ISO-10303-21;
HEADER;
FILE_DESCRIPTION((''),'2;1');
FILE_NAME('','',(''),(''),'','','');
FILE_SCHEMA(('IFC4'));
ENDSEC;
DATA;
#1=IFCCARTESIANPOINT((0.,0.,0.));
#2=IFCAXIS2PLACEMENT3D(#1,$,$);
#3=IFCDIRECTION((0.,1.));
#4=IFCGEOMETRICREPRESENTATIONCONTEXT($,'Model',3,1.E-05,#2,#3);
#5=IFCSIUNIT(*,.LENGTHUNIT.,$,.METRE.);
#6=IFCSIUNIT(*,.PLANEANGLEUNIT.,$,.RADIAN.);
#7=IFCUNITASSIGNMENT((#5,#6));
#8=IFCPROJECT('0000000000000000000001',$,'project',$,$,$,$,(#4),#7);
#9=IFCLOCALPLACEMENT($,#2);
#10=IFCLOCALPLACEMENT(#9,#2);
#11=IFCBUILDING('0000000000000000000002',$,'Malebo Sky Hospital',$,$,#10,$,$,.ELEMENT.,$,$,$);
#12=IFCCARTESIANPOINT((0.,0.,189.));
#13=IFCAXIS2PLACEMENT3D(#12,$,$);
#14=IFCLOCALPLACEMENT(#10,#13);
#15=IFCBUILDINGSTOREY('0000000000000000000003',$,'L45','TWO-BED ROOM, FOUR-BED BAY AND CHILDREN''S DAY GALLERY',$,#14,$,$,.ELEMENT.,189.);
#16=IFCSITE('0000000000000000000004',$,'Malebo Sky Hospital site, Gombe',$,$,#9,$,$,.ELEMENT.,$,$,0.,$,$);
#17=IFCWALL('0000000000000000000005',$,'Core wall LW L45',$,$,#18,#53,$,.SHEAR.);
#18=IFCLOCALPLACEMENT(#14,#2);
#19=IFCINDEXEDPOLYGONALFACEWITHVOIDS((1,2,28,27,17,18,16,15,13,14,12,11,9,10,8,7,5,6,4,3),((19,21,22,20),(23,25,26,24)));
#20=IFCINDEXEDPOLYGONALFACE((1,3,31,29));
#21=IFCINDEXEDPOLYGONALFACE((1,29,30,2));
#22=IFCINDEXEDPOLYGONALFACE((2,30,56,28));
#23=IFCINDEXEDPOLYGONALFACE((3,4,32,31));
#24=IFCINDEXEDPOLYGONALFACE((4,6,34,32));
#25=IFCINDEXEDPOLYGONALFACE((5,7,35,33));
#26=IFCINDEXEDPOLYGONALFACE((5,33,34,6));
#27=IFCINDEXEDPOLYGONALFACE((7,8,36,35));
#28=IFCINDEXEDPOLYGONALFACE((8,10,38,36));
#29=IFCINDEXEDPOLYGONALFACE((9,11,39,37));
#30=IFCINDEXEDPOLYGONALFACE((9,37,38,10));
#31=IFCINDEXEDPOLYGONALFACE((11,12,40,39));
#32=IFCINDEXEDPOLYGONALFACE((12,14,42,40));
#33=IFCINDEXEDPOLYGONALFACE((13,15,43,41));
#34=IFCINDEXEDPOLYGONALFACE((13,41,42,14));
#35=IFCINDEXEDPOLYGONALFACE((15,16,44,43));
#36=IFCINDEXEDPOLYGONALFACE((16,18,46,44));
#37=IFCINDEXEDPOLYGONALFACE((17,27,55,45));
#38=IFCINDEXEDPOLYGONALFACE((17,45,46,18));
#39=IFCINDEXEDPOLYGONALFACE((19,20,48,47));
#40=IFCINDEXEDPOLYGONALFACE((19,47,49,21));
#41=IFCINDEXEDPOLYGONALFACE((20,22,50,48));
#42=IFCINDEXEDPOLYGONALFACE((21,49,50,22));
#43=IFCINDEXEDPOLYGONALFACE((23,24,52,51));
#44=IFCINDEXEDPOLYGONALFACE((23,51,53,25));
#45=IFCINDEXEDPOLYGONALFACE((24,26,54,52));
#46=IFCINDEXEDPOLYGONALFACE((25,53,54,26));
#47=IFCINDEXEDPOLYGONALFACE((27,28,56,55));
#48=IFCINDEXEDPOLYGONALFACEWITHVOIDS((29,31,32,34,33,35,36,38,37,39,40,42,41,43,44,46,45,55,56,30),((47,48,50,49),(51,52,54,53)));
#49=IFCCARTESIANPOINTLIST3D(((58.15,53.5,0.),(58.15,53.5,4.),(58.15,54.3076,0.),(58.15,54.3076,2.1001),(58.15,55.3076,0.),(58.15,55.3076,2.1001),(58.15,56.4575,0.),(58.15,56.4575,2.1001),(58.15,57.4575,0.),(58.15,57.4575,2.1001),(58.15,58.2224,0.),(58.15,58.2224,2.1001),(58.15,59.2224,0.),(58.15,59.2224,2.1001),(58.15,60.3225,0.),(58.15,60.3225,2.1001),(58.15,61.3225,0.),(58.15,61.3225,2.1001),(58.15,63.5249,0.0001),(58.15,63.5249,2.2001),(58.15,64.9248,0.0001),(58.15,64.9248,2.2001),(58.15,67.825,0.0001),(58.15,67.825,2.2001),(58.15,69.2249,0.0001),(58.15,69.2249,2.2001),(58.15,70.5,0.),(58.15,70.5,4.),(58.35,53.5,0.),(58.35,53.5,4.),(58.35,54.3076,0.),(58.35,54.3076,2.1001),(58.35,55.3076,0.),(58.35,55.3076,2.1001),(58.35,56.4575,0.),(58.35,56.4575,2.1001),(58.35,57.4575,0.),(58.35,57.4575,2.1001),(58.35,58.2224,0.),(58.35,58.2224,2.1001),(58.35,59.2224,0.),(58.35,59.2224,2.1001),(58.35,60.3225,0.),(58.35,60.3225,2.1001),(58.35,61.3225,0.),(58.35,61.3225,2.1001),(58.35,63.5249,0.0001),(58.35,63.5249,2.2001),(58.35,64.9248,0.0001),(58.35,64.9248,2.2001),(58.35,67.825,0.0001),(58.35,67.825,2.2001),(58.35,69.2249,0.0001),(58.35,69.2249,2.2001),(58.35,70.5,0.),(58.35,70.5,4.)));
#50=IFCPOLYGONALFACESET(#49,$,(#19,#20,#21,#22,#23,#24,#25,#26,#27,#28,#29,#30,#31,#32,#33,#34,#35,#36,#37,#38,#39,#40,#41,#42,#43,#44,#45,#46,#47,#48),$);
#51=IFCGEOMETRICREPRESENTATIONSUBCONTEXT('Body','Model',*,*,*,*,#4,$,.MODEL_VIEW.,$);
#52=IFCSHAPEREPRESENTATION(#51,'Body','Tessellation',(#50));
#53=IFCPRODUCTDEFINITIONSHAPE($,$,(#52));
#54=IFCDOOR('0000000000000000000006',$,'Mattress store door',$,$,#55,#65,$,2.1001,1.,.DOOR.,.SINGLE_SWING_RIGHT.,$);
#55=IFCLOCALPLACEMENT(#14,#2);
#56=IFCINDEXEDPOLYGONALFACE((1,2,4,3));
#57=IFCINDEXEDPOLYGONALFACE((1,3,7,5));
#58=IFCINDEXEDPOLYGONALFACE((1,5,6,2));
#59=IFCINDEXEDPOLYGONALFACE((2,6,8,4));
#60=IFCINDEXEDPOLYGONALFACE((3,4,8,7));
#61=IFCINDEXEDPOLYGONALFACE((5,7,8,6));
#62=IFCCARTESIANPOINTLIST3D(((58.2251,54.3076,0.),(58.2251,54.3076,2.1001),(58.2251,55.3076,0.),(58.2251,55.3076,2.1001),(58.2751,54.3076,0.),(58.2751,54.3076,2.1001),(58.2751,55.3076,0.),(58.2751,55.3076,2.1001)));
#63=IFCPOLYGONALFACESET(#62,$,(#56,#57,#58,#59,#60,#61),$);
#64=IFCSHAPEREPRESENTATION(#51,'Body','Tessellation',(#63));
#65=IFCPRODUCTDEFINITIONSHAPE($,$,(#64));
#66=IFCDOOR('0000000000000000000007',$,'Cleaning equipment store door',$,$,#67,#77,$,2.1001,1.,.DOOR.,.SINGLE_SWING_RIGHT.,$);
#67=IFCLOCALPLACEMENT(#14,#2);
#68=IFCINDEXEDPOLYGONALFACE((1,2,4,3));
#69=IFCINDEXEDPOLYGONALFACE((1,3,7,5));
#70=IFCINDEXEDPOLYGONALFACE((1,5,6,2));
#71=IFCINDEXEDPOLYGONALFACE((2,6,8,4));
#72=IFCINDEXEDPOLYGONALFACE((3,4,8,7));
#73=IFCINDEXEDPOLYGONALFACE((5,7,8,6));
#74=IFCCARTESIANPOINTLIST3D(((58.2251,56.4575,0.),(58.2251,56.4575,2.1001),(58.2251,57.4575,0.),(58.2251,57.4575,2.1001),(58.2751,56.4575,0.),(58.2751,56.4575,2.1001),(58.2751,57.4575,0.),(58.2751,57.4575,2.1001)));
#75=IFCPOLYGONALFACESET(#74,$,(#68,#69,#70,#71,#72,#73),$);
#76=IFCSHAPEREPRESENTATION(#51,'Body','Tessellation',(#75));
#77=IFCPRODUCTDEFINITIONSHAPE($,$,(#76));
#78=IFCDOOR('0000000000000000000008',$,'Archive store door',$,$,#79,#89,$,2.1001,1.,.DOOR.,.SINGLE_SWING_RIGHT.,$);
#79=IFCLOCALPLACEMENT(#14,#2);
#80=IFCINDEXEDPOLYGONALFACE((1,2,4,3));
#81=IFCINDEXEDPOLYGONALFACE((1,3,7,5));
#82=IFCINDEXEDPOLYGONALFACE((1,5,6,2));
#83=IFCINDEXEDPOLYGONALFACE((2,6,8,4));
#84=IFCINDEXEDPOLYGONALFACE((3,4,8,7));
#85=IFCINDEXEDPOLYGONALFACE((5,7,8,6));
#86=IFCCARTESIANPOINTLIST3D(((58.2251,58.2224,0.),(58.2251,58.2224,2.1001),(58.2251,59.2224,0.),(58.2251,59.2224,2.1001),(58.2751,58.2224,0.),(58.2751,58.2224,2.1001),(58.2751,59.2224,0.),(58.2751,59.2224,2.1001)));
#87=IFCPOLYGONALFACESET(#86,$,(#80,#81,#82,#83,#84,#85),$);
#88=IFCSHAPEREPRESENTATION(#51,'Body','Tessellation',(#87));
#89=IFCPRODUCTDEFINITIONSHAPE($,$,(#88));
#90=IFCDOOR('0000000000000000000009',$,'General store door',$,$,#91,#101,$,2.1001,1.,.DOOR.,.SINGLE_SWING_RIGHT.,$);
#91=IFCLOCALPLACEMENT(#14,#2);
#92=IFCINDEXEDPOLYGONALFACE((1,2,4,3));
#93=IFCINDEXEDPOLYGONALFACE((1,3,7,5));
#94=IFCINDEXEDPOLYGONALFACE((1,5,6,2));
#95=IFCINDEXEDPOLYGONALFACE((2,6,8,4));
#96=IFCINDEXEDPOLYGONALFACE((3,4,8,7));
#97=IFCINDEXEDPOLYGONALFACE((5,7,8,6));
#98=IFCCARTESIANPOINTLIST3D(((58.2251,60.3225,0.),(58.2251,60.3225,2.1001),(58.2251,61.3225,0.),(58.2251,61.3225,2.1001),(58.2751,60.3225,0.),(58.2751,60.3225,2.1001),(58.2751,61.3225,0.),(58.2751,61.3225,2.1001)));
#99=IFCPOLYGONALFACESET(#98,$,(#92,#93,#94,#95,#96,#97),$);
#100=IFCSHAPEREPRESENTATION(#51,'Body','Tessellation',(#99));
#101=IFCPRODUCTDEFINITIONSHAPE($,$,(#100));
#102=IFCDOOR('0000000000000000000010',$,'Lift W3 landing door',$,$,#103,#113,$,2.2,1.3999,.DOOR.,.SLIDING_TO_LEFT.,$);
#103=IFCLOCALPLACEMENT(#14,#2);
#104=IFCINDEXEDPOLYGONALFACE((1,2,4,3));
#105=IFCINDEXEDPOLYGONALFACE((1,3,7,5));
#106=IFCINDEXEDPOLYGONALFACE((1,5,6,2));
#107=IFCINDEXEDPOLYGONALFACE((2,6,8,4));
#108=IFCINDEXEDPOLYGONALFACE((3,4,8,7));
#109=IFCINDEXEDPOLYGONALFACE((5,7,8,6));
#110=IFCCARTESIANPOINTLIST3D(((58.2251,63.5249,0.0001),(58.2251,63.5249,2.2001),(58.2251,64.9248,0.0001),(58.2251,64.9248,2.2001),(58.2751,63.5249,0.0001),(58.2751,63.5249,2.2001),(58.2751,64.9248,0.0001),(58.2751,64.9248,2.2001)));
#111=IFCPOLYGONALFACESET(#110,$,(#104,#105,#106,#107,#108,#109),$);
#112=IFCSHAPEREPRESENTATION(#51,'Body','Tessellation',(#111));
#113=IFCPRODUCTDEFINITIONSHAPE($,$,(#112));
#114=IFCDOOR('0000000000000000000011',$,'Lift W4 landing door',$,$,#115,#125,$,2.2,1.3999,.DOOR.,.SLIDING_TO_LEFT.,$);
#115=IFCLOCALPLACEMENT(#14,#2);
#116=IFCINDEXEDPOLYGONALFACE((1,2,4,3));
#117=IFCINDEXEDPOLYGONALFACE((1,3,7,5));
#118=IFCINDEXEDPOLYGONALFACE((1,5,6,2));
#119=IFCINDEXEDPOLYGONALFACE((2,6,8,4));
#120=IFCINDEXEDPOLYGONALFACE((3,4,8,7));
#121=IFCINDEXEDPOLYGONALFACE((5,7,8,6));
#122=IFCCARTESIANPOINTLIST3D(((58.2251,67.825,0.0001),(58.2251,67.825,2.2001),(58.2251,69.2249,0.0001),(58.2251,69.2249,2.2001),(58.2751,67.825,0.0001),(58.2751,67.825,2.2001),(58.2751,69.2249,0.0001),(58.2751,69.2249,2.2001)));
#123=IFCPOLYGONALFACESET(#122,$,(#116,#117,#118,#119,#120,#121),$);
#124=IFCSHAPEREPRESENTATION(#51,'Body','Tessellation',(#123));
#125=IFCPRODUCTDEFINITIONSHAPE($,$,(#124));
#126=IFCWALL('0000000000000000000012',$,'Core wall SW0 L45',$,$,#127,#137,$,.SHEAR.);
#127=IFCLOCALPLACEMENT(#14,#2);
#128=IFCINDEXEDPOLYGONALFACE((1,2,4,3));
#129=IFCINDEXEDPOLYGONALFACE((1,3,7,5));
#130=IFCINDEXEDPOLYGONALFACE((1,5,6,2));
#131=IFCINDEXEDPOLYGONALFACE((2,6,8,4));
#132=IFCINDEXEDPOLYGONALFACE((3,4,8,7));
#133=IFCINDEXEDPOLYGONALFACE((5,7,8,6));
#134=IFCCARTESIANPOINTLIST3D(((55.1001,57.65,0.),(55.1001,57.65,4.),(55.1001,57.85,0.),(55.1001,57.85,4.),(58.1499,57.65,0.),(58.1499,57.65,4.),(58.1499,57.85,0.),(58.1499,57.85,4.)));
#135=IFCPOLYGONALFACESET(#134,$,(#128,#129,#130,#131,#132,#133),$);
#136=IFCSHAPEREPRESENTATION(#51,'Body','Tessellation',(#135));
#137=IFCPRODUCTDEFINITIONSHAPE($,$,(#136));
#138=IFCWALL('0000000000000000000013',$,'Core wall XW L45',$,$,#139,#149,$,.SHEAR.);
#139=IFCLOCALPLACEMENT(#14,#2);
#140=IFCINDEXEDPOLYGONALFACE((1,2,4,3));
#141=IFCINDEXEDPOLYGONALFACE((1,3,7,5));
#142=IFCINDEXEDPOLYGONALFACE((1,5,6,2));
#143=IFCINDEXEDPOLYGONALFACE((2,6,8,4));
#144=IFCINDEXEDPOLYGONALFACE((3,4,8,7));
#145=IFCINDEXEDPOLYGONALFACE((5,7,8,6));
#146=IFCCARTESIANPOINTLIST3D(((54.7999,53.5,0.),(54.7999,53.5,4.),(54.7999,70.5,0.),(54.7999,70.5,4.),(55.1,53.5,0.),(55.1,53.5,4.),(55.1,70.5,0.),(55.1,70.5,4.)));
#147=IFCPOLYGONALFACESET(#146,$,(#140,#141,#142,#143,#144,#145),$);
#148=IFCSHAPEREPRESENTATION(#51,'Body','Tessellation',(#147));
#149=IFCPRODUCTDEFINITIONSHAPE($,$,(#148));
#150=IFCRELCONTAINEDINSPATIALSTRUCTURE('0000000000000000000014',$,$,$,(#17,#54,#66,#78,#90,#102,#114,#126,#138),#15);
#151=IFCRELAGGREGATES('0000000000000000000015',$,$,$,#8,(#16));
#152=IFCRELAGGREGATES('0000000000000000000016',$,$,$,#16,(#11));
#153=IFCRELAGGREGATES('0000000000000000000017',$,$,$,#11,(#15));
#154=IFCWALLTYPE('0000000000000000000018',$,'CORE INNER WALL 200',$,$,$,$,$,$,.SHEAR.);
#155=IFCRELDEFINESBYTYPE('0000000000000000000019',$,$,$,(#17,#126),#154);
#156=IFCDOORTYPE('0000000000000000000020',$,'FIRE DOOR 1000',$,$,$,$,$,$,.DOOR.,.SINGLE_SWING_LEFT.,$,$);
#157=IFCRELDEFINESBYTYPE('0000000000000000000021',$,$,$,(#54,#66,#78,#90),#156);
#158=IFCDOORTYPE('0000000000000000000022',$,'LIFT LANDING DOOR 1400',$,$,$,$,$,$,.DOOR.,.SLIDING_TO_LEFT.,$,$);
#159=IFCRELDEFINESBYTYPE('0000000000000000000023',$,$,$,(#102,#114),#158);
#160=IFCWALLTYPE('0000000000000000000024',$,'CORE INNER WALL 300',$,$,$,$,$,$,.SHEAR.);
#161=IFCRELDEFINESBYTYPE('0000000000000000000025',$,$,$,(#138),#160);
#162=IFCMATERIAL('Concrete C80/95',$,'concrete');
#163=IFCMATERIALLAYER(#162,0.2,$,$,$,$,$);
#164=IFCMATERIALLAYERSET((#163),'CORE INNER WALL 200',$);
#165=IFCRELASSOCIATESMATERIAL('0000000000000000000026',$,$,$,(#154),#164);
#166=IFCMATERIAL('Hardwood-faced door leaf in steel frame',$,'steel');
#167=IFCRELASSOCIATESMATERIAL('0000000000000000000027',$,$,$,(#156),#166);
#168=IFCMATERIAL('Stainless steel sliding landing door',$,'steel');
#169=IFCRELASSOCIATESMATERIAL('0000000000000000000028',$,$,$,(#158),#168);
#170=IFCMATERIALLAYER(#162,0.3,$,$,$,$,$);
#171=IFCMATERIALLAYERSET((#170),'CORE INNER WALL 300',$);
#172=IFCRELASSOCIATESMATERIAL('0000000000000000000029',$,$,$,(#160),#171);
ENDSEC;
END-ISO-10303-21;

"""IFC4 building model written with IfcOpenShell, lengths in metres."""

from ifc_helpers import new_model, si_unit, direction, frame, frame_2d, origin, place, context, subcontext, project, spatial, rectangle, extrude, material, layer, layer_set, type_object, element, fill, save


model = new_model("IFC4")

# Units and contexts
model_context = context("Model", 3, precision=1e-05, world=origin(), true_north=direction((0.0, 1.0)))
body_context = subcontext(model_context, "Body", "Model", "MODEL_VIEW")
ifc_project = project(units=[si_unit("LENGTHUNIT", "METRE"), si_unit("PLANEANGLEUNIT", "RADIAN")], contexts=[model_context])

# Site, building, storey
site_placement = place(None, origin())
site = spatial("IfcSite", under=ifc_project, at=site_placement, Name="Malebo Sky Hospital site, Gombe", CompositionType="ELEMENT", RefElevation=0.0)
building_placement = place(site_placement, origin())
building = spatial("IfcBuilding", under=site, at=building_placement, Name="Malebo Sky Hospital", CompositionType="ELEMENT")
storey_placement = place(building_placement, frame((0.0, 0.0, 189.0)))
storey = spatial("IfcBuildingStorey", under=building, at=storey_placement, Name="L45", Description="TWO-BED ROOM, FOUR-BED BAY AND CHILDREN'S DAY GALLERY", CompositionType="ELEMENT", Elevation=189.0)

# Wall, openings, doors
ifc_material_1 = material(Name="Concrete C80/95", Category="concrete")
ifc_layer_1 = layer(ifc_material_1, 0.2)
ifc_layer_set_1 = layer_set([ifc_layer_1], Name="CORE INNER WALL 200")
wall_type_1 = type_object("IfcWallType", Name="CORE INNER WALL 200", PredefinedType="SHEAR", material=ifc_layer_set_1)
wall_1_placement = place(storey_placement, frame((58.25, 53.5, 0.0), z_axis=(0.0, 0.0, 1.0), x_axis=(0.0, 1.0, 0.0)))
wall_1 = element("IfcWall", 1, at=wall_1_placement, inside=storey, type_object=wall_type_1, Name="Core wall LW L45", PredefinedType="SHEAR", context=body_context, shape_type="SweptSolid", body=[
    extrude(rectangle(XDim=17.0, YDim=0.2, at=frame_2d((8.5, 0.0))), origin(), (0.0, 0.0, 1.0), 4.0),
])
opening_1_placement = place(wall_1_placement, frame((0.8076, 0.0, 0.0)))
opening_1 = element("IfcOpeningElement", 2, at=opening_1_placement, cuts=wall_1, PredefinedType="OPENING", context=body_context, shape_type="SweptSolid", body=[
    extrude(rectangle(XDim=1.0, YDim=2.1001, at=frame_2d((0.5, 1.05))), frame((0.0, 0.1099, 0.0), z_axis=(0.0, -1.0, 0.0), x_axis=(1.0, 0.0, 0.0)), (0.0, 0.0, 1.0), 0.22),
])
opening_2_placement = place(wall_1_placement, frame((2.9575, 0.0, 0.0)))
opening_2 = element("IfcOpeningElement", 3, at=opening_2_placement, cuts=wall_1, PredefinedType="OPENING", context=body_context, shape_type="SweptSolid", body=[
    extrude(rectangle(XDim=1.0, YDim=2.1001, at=frame_2d((0.5, 1.05))), frame((0.0, 0.1099, 0.0), z_axis=(0.0, -1.0, 0.0), x_axis=(1.0, 0.0, 0.0)), (0.0, 0.0, 1.0), 0.22),
])
opening_3_placement = place(wall_1_placement, frame((4.7224, 0.0, 0.0)))
opening_3 = element("IfcOpeningElement", 4, at=opening_3_placement, cuts=wall_1, PredefinedType="OPENING", context=body_context, shape_type="SweptSolid", body=[
    extrude(rectangle(XDim=1.0, YDim=2.1001, at=frame_2d((0.5, 1.05))), frame((0.0, 0.1099, 0.0), z_axis=(0.0, -1.0, 0.0), x_axis=(1.0, 0.0, 0.0)), (0.0, 0.0, 1.0), 0.22),
])
opening_4_placement = place(wall_1_placement, frame((6.8225, 0.0, 0.0)))
opening_4 = element("IfcOpeningElement", 5, at=opening_4_placement, cuts=wall_1, PredefinedType="OPENING", context=body_context, shape_type="SweptSolid", body=[
    extrude(rectangle(XDim=1.0, YDim=2.1001, at=frame_2d((0.5, 1.05))), frame((0.0, 0.1099, 0.0), z_axis=(0.0, -1.0, 0.0), x_axis=(1.0, 0.0, 0.0)), (0.0, 0.0, 1.0), 0.22),
])
opening_5_placement = place(wall_1_placement, frame((10.0249, 0.0, 0.0)))
opening_5 = element("IfcOpeningElement", 6, at=opening_5_placement, cuts=wall_1, PredefinedType="OPENING", context=body_context, shape_type="SweptSolid", body=[
    extrude(rectangle(XDim=1.3999, YDim=2.2, at=frame_2d((0.7, 1.1001))), frame((0.0, 0.1099, 0.0), z_axis=(0.0, -1.0, 0.0), x_axis=(1.0, 0.0, 0.0)), (0.0, 0.0, 1.0), 0.22),
])
opening_6_placement = place(wall_1_placement, frame((14.325, 0.0, 0.0)))
opening_6 = element("IfcOpeningElement", 7, at=opening_6_placement, cuts=wall_1, PredefinedType="OPENING", context=body_context, shape_type="SweptSolid", body=[
    extrude(rectangle(XDim=1.3999, YDim=2.2, at=frame_2d((0.7, 1.1001))), frame((0.0, 0.1099, 0.0), z_axis=(0.0, -1.0, 0.0), x_axis=(1.0, 0.0, 0.0)), (0.0, 0.0, 1.0), 0.22),
])
ifc_material_2 = material(Name="Hardwood-faced door leaf in steel frame", Category="steel")
door_type_1 = type_object("IfcDoorType", Name="FIRE DOOR 1000", OperationType="SINGLE_SWING_LEFT", PredefinedType="DOOR", material=ifc_material_2)
door_1_placement = place(opening_1_placement, origin())
door_1 = element("IfcDoor", 8, at=door_1_placement, inside=storey, type_object=door_type_1, Name="Mattress store door", OperationType="SINGLE_SWING_RIGHT", OverallHeight=2.1001, OverallWidth=1.0, PredefinedType="DOOR", context=body_context, shape_type="SweptSolid", body=[
    extrude(rectangle(XDim=1.0, YDim=2.1001, at=frame_2d((0.5, 1.05))), frame((0.0, 0.0249, 0.0), z_axis=(0.0, -1.0, 0.0), x_axis=(1.0, 0.0, 0.0)), (0.0, 0.0, 1.0), 0.05),
])
fill(opening_1, door_1)
door_2_placement = place(opening_2_placement, origin())
door_2 = element("IfcDoor", 9, at=door_2_placement, inside=storey, type_object=door_type_1, Name="Cleaning equipment store door", OperationType="SINGLE_SWING_RIGHT", OverallHeight=2.1001, OverallWidth=1.0, PredefinedType="DOOR", context=body_context, shape_type="SweptSolid", body=[
    extrude(rectangle(XDim=1.0, YDim=2.1001, at=frame_2d((0.5, 1.05))), frame((0.0, 0.0249, 0.0), z_axis=(0.0, -1.0, 0.0), x_axis=(1.0, 0.0, 0.0)), (0.0, 0.0, 1.0), 0.05),
])
fill(opening_2, door_2)
door_3_placement = place(opening_3_placement, origin())
door_3 = element("IfcDoor", 10, at=door_3_placement, inside=storey, type_object=door_type_1, Name="Archive store door", OperationType="SINGLE_SWING_RIGHT", OverallHeight=2.1001, OverallWidth=1.0, PredefinedType="DOOR", context=body_context, shape_type="SweptSolid", body=[
    extrude(rectangle(XDim=1.0, YDim=2.1001, at=frame_2d((0.5, 1.05))), frame((0.0, 0.0249, 0.0), z_axis=(0.0, -1.0, 0.0), x_axis=(1.0, 0.0, 0.0)), (0.0, 0.0, 1.0), 0.05),
])
fill(opening_3, door_3)
door_4_placement = place(opening_4_placement, origin())
door_4 = element("IfcDoor", 11, at=door_4_placement, inside=storey, type_object=door_type_1, Name="General store door", OperationType="SINGLE_SWING_RIGHT", OverallHeight=2.1001, OverallWidth=1.0, PredefinedType="DOOR", context=body_context, shape_type="SweptSolid", body=[
    extrude(rectangle(XDim=1.0, YDim=2.1001, at=frame_2d((0.5, 1.05))), frame((0.0, 0.0249, 0.0), z_axis=(0.0, -1.0, 0.0), x_axis=(1.0, 0.0, 0.0)), (0.0, 0.0, 1.0), 0.05),
])
fill(opening_4, door_4)
ifc_material_3 = material(Name="Stainless steel sliding landing door", Category="steel")
door_type_2 = type_object("IfcDoorType", Name="LIFT LANDING DOOR 1400", OperationType="SLIDING_TO_LEFT", PredefinedType="DOOR", material=ifc_material_3)
door_5_placement = place(opening_5_placement, origin())
door_5 = element("IfcDoor", 12, at=door_5_placement, inside=storey, type_object=door_type_2, Name="Lift W3 landing door", OperationType="SLIDING_TO_LEFT", OverallHeight=2.2, OverallWidth=1.3999, PredefinedType="DOOR", context=body_context, shape_type="SweptSolid", body=[
    extrude(rectangle(XDim=1.3999, YDim=2.2, at=frame_2d((0.7, 1.1001))), frame((0.0, 0.0249, 0.0), z_axis=(0.0, -1.0, 0.0), x_axis=(1.0, 0.0, 0.0)), (0.0, 0.0, 1.0), 0.05),
])
fill(opening_5, door_5)
door_6_placement = place(opening_6_placement, origin())
door_6 = element("IfcDoor", 13, at=door_6_placement, inside=storey, type_object=door_type_2, Name="Lift W4 landing door", OperationType="SLIDING_TO_LEFT", OverallHeight=2.2, OverallWidth=1.3999, PredefinedType="DOOR", context=body_context, shape_type="SweptSolid", body=[
    extrude(rectangle(XDim=1.3999, YDim=2.2, at=frame_2d((0.7, 1.1001))), frame((0.0, 0.0249, 0.0), z_axis=(0.0, -1.0, 0.0), x_axis=(1.0, 0.0, 0.0)), (0.0, 0.0, 1.0), 0.05),
])
fill(opening_6, door_6)

# Walls
wall_2_placement = place(storey_placement, frame((55.1001, 57.75, 0.0), z_axis=(0.0, 0.0, 1.0), x_axis=(1.0, 0.0, 0.0)))
element("IfcWall", 14, at=wall_2_placement, inside=storey, type_object=wall_type_1, Name="Core wall SW0 L45", PredefinedType="SHEAR", context=body_context, shape_type="SweptSolid", body=[
    extrude(rectangle(XDim=3.0498, YDim=0.2, at=frame_2d((1.5249, 0.0))), origin(), (0.0, 0.0, 1.0), 4.0),
])
ifc_layer_2 = layer(ifc_material_1, 0.3)
ifc_layer_set_2 = layer_set([ifc_layer_2], Name="CORE INNER WALL 300")
wall_type_2 = type_object("IfcWallType", Name="CORE INNER WALL 300", PredefinedType="SHEAR", material=ifc_layer_set_2)
wall_3_placement = place(storey_placement, frame((54.95, 53.5, 0.0), z_axis=(0.0, 0.0, 1.0), x_axis=(0.0, 1.0, 0.0)))
element("IfcWall", 15, at=wall_3_placement, inside=storey, type_object=wall_type_2, Name="Core wall XW L45", PredefinedType="SHEAR", context=body_context, shape_type="SweptSolid", body=[
    extrude(rectangle(XDim=17.0, YDim=0.3, at=frame_2d((8.5, 0.0))), origin(), (0.0, 0.0, 1.0), 4.0),
])

save(model, "model.ifc")
